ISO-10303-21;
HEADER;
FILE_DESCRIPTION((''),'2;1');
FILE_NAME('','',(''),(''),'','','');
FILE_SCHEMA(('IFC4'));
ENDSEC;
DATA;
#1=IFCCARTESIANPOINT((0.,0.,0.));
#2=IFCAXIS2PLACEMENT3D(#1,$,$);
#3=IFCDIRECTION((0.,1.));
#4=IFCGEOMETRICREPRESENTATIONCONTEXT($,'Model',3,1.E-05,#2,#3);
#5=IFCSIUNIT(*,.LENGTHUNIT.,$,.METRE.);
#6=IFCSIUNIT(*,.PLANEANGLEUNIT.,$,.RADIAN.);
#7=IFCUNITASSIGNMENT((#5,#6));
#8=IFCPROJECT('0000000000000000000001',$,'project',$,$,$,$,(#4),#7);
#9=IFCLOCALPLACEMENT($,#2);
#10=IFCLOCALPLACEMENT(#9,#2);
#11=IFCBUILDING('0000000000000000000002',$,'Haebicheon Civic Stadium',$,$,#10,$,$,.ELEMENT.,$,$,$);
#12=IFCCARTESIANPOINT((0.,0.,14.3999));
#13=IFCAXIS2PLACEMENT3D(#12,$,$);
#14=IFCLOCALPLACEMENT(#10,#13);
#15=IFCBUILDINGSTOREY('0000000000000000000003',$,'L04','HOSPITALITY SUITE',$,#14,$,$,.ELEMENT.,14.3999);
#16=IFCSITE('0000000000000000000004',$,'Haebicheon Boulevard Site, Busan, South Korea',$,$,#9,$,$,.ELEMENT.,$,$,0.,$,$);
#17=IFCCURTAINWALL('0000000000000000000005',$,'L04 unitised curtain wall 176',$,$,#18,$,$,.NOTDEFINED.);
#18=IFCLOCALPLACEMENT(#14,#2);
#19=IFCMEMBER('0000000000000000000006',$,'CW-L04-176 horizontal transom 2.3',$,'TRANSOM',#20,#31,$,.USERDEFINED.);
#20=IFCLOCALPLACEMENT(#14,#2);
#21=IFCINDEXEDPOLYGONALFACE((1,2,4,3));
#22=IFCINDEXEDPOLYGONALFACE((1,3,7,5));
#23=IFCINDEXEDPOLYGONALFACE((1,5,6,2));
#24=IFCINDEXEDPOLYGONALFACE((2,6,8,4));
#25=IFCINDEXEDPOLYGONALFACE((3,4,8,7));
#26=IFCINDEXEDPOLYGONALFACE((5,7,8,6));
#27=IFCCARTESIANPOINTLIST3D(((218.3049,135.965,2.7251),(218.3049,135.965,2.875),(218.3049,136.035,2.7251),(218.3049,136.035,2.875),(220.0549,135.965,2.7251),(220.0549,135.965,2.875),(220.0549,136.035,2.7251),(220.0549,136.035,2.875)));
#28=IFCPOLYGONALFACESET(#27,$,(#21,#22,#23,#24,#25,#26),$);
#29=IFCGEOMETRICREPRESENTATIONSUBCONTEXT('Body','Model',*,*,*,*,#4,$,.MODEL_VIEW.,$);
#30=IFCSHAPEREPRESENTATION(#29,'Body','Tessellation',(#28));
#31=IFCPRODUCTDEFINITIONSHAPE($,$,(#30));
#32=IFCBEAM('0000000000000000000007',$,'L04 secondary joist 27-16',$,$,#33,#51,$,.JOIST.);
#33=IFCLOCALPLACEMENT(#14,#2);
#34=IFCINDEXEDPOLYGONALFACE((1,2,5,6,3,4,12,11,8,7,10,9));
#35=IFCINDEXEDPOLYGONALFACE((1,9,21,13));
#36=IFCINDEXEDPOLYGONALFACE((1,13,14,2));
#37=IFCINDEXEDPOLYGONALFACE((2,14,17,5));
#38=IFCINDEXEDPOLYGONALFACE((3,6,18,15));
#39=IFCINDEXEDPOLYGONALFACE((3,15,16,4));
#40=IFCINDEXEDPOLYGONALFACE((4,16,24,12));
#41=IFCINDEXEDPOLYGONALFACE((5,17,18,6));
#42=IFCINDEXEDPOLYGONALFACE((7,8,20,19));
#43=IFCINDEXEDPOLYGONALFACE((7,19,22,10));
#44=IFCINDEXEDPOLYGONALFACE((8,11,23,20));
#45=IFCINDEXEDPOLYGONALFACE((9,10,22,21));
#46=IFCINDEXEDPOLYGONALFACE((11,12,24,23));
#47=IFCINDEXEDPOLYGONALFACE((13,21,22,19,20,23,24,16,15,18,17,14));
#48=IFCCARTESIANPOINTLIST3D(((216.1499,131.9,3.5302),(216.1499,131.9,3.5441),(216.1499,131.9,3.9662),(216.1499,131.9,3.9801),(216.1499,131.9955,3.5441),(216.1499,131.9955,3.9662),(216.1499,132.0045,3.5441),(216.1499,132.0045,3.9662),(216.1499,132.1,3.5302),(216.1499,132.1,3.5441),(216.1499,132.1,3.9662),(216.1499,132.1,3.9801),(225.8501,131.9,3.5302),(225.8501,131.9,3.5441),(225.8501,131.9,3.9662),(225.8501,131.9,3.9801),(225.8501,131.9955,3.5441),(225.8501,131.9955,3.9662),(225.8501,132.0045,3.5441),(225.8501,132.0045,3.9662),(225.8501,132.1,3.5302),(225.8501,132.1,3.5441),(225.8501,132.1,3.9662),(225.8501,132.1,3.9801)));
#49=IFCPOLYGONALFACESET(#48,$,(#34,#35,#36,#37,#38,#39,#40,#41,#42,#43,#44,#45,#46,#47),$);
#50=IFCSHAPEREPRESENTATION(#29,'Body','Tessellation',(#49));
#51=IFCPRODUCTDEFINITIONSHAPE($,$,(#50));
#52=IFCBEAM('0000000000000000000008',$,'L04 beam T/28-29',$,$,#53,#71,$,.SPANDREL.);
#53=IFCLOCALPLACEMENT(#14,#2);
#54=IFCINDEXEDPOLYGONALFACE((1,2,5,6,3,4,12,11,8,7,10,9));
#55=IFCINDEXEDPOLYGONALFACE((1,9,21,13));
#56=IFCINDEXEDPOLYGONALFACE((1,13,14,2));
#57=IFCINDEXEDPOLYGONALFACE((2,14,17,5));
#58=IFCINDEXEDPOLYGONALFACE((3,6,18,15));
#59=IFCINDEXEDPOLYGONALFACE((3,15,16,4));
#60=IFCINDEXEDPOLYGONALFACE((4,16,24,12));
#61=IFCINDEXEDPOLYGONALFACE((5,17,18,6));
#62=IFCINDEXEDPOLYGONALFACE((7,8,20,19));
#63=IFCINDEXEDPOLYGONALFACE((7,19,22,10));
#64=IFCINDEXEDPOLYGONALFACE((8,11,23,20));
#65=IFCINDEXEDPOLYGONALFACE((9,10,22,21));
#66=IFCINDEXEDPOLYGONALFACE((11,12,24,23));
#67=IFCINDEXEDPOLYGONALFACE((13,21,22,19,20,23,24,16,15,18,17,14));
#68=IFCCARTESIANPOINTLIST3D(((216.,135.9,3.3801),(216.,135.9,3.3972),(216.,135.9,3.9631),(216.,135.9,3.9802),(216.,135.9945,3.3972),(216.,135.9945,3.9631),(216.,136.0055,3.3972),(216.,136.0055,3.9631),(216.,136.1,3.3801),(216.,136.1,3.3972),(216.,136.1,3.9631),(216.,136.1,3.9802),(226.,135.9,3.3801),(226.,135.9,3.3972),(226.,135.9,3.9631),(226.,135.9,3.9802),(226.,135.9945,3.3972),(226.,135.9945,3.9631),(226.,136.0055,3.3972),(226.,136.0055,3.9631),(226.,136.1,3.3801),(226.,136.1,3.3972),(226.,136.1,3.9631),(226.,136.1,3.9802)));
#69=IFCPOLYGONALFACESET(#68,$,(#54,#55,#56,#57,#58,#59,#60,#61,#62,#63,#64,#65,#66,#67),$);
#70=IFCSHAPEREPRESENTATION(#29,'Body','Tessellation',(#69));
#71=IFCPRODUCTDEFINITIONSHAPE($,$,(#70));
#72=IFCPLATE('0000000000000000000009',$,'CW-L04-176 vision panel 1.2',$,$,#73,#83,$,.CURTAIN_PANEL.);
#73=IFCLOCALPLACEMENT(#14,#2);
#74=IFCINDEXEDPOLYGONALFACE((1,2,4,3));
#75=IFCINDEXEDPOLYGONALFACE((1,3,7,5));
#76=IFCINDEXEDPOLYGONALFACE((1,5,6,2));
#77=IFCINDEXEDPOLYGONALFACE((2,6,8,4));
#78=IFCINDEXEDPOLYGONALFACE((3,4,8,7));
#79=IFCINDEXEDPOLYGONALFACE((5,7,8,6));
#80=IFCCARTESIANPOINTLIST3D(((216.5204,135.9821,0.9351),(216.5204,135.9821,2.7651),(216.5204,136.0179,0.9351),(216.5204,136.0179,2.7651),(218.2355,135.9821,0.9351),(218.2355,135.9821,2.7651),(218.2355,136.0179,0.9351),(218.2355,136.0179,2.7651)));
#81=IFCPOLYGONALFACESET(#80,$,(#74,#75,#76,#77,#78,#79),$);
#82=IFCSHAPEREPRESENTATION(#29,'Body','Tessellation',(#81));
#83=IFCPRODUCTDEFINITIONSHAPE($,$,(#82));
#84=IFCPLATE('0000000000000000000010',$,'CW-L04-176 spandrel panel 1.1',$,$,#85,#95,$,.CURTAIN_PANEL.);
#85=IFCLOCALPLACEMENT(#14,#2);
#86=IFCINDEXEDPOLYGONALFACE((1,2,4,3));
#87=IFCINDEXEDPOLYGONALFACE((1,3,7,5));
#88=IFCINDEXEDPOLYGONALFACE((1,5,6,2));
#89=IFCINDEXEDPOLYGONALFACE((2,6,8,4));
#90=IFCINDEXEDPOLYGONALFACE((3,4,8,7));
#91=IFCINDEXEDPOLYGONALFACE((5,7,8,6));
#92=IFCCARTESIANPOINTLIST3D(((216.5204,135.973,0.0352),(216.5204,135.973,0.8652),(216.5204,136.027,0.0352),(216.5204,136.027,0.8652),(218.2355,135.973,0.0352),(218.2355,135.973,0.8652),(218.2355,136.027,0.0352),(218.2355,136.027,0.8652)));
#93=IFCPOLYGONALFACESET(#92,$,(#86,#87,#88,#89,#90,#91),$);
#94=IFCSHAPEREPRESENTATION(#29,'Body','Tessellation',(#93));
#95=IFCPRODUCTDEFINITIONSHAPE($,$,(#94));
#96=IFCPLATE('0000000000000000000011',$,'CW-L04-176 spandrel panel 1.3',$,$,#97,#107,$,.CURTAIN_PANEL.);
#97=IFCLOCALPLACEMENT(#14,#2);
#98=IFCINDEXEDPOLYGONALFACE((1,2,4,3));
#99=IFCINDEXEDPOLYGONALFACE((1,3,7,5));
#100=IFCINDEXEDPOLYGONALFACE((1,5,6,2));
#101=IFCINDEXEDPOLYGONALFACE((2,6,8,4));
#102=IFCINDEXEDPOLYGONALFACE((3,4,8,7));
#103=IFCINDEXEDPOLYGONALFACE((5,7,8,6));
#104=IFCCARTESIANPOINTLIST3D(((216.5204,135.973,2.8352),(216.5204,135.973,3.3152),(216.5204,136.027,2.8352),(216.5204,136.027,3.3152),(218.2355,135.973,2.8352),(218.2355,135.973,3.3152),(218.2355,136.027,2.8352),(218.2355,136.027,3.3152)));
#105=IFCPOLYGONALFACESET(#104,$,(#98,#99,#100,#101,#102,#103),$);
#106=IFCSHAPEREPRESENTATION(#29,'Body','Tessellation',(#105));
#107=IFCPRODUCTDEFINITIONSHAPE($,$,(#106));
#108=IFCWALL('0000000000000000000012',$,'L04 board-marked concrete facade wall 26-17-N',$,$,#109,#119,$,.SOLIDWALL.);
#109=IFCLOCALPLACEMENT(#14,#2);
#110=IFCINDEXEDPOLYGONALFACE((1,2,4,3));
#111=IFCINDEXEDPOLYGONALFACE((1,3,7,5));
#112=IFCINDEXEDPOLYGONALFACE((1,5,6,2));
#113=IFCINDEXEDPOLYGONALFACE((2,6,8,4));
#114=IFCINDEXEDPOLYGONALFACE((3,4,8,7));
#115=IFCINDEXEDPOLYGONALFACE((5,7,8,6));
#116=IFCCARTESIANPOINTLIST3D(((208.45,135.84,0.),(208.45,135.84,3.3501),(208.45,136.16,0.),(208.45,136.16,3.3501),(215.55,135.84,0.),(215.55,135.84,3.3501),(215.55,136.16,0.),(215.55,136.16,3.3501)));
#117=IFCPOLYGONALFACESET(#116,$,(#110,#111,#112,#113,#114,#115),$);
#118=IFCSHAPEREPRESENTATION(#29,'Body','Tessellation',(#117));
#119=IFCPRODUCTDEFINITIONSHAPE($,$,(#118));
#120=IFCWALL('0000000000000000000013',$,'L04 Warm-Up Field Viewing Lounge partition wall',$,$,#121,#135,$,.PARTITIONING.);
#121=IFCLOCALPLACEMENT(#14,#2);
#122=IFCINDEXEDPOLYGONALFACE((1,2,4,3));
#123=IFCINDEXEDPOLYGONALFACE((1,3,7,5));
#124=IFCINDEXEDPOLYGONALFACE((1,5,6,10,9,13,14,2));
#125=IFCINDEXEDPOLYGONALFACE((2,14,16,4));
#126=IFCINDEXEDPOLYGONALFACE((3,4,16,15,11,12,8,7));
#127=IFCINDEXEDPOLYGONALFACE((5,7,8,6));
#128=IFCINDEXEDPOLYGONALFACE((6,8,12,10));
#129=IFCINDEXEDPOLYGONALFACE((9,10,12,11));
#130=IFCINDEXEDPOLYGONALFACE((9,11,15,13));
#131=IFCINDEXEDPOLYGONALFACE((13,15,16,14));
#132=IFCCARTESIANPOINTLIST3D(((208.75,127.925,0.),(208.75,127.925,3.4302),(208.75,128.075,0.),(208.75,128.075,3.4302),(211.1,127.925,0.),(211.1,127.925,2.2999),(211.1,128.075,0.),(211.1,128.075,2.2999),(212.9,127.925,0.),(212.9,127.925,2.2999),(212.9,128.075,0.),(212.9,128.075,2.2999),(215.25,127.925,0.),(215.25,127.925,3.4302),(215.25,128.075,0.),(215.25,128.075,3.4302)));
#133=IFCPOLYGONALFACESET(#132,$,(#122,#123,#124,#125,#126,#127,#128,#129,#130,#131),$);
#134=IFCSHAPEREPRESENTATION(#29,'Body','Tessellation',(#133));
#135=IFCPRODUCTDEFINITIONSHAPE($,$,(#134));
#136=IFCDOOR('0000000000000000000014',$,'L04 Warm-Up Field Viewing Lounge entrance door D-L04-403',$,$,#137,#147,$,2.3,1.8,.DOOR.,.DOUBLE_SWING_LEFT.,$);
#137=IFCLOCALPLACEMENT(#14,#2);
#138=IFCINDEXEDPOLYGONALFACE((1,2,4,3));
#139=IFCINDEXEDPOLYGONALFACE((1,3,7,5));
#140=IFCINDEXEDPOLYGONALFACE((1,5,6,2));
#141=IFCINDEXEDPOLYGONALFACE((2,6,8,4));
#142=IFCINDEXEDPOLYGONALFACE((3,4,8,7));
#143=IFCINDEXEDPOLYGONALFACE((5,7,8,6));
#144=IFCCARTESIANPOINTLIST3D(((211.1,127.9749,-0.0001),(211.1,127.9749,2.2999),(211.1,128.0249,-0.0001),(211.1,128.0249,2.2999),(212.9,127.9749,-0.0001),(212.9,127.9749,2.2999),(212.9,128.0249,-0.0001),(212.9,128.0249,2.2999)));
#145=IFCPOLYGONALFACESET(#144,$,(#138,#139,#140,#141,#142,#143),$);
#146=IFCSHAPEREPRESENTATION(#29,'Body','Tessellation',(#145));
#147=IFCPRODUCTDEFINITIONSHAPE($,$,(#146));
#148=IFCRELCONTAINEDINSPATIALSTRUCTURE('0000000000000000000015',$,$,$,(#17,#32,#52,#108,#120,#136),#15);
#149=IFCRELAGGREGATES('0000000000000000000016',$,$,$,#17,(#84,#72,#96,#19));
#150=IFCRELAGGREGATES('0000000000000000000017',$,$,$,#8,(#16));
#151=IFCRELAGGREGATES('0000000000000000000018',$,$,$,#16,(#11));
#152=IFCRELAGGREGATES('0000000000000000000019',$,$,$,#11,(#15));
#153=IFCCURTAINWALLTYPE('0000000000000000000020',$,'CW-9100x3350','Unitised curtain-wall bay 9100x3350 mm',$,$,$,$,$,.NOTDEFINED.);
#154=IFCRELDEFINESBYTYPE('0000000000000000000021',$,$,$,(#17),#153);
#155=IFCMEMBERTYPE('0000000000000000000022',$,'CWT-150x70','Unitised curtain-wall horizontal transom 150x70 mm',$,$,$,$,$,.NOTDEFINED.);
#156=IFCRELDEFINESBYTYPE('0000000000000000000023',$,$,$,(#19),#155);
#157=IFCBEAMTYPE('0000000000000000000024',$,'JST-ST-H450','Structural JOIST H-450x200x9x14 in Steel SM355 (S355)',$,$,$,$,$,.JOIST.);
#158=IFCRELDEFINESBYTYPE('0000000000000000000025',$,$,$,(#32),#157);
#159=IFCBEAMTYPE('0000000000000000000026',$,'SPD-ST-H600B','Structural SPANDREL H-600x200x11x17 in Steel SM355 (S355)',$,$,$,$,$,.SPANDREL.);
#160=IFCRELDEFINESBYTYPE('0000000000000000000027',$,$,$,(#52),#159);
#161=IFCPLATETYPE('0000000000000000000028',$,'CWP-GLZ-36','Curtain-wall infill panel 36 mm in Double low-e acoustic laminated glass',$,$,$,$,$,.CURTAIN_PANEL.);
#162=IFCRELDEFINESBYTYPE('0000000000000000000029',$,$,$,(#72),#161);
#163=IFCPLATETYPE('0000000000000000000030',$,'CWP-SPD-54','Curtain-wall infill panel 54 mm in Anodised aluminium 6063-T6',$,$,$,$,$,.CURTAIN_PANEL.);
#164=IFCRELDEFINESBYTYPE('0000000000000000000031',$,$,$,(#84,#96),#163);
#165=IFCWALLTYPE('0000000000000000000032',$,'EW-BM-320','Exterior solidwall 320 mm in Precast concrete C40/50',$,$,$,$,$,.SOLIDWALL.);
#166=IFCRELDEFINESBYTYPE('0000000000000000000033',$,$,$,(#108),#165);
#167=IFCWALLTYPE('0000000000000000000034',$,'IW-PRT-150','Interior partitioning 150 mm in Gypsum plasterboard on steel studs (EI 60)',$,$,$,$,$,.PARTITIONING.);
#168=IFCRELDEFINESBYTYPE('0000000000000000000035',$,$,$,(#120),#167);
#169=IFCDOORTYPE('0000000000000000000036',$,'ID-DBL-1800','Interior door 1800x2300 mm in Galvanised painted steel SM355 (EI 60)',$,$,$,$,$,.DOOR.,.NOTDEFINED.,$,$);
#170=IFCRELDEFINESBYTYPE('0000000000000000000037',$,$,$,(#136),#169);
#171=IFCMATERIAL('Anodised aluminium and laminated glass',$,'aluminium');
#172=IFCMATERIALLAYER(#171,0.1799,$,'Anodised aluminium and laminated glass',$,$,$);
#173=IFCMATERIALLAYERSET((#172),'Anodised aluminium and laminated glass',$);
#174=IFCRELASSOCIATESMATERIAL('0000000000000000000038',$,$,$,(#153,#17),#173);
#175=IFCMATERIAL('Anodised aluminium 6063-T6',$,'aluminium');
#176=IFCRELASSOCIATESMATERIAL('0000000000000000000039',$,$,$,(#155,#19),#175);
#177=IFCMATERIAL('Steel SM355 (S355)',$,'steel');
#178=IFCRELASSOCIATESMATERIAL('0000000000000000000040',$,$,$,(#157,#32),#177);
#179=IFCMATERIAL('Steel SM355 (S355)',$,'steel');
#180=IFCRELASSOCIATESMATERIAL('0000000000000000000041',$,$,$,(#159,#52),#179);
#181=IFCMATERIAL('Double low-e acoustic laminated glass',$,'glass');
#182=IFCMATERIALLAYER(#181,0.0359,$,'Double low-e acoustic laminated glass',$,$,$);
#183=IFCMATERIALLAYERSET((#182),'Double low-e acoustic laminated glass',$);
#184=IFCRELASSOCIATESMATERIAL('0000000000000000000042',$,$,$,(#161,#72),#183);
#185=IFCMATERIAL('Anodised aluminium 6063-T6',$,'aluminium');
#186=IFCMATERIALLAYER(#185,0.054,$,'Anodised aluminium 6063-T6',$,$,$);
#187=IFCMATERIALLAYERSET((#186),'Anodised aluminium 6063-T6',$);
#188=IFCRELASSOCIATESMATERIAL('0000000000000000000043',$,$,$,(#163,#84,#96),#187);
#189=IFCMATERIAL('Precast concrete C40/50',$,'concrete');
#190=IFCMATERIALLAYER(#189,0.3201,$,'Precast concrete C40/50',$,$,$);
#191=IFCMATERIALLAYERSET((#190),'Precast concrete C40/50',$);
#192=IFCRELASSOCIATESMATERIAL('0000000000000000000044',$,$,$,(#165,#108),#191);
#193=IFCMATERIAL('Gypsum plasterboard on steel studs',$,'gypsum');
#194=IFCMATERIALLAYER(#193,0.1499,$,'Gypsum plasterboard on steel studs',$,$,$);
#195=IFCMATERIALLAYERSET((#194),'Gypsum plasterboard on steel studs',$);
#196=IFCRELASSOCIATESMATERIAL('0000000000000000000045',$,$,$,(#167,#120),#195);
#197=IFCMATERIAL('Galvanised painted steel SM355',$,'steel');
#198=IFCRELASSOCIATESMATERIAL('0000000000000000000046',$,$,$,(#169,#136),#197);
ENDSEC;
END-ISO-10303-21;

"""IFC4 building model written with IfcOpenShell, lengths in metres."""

from ifc_helpers import new_model, si_unit, direction, frame, frame_2d, origin, origin_2d, place, context, subcontext, project, spatial, rectangle, i_section, extrude, material, layer, layer_set, material_profile, profile_set, type_object, element, fill, aggregate, save


model = new_model("IFC4")

# Units and contexts
model_context = context("Model", 3, precision=1e-05, world=origin(), true_north=direction((0.0, 1.0)))
body_context = subcontext(model_context, "Body", "Model", "MODEL_VIEW")
ifc_project = project(units=[si_unit("LENGTHUNIT", "METRE"), si_unit("PLANEANGLEUNIT", "RADIAN")], contexts=[model_context])

# Site, building, storey
site_placement = place(None, origin())
site = spatial("IfcSite", under=ifc_project, at=site_placement, Name="Haebicheon Boulevard Site, Busan, South Korea", CompositionType="ELEMENT", RefElevation=0.0)
building_placement = place(site_placement, origin())
building = spatial("IfcBuilding", under=site, at=building_placement, Name="Haebicheon Civic Stadium", CompositionType="ELEMENT")
storey_placement = place(building_placement, frame((0.0, 0.0, 14.3999)))
storey = spatial("IfcBuildingStorey", under=building, at=storey_placement, Name="L04", Description="HOSPITALITY SUITE", CompositionType="ELEMENT", Elevation=14.3999)

# Curtain wall, member
ifc_material_1 = material(Name="Anodised aluminium and laminated glass", Category="aluminium")
ifc_layer_1 = layer(ifc_material_1, 0.1799, Name="Anodised aluminium and laminated glass")
ifc_layer_set_1 = layer_set([ifc_layer_1], Name="Anodised aluminium and laminated glass")
curtain_wall_type = type_object("IfcCurtainWallType", Name="CW-9100x3350", Description="Unitised curtain-wall bay 9100x3350 mm", PredefinedType="NOTDEFINED", material=ifc_layer_set_1)
curtain_wall_placement = place(storey_placement, origin())
curtain_wall = element("IfcCurtainWall", 1, at=curtain_wall_placement, inside=storey, type_object=curtain_wall_type, material=ifc_layer_set_1, Name="L04 unitised curtain wall 176", PredefinedType="NOTDEFINED")
ifc_material_2 = material(Name="Anodised aluminium 6063-T6", Category="aluminium")
ifc_material_profile_1 = material_profile(ifc_material_2, rectangle(XDim=0.0701, YDim=0.1499, at=origin_2d()), Name="ALU-TRAN-70x150")
ifc_profile_set_1 = profile_set([ifc_material_profile_1], Name="Anodised aluminium 6063-T6")
member_type_1 = type_object("IfcMemberType", Name="CWT-150x70", Description="Unitised curtain-wall horizontal transom 150x70 mm", PredefinedType="NOTDEFINED", material=ifc_profile_set_1)
member_1_placement = place(storey_placement, frame((218.3049, 136.0, 2.8), z_axis=(1.0, 0.0, 0.0), x_axis=(0.0, 1.0, 0.0)))
member_1 = element("IfcMember", 2, at=member_1_placement, type_object=member_type_1, material=ifc_profile_set_1, Name="CW-L04-176 horizontal transom 2.3", ObjectType="TRANSOM", PredefinedType="USERDEFINED", context=body_context, shape_type="SweptSolid", body=[
    extrude(rectangle(XDim=0.0701, YDim=0.1499, at=origin_2d()), origin(), (0.0, 0.0, 1.0), 1.75),
])

# Beams
ifc_material_3 = material(Name="Steel SM355 (S355)", Category="steel")
ifc_material_profile_2 = material_profile(ifc_material_3, i_section(OverallWidth=0.2, OverallDepth=0.45, WebThickness=0.009, FlangeThickness=0.0139, at=origin_2d()), Name="H-450x200x9x14")
ifc_profile_set_2 = profile_set([ifc_material_profile_2], Name="Steel SM355 (S355)")
beam_type_1 = type_object("IfcBeamType", Name="JST-ST-H450", Description="Structural JOIST H-450x200x9x14 in Steel SM355 (S355)", PredefinedType="JOIST", material=ifc_profile_set_2)
beam_1_placement = place(storey_placement, frame((216.1499, 132.0, 3.7551), z_axis=(1.0, 0.0, 0.0), x_axis=(0.0, 1.0, 0.0)))
element("IfcBeam", 3, at=beam_1_placement, inside=storey, type_object=beam_type_1, material=ifc_profile_set_2, Name="L04 secondary joist 27-16", PredefinedType="JOIST", context=body_context, shape_type="SweptSolid", body=[
    extrude(i_section(OverallWidth=0.2, OverallDepth=0.45, WebThickness=0.009, FlangeThickness=0.0139, at=origin_2d()), origin(), (0.0, 0.0, 1.0), 9.7002),
])
ifc_material_4 = material(Name="Steel SM355 (S355)", Category="steel")
ifc_material_profile_3 = material_profile(ifc_material_4, i_section(OverallWidth=0.2, OverallDepth=0.6001, WebThickness=0.011, FlangeThickness=0.0171, at=origin_2d()), Name="H-600x200x11x17")
ifc_profile_set_3 = profile_set([ifc_material_profile_3], Name="Steel SM355 (S355)")
beam_type_2 = type_object("IfcBeamType", Name="SPD-ST-H600B", Description="Structural SPANDREL H-600x200x11x17 in Steel SM355 (S355)", PredefinedType="SPANDREL", material=ifc_profile_set_3)
beam_2_placement = place(storey_placement, frame((216.0, 136.0, 3.6802), z_axis=(1.0, 0.0, 0.0), x_axis=(0.0, 1.0, 0.0)))
element("IfcBeam", 4, at=beam_2_placement, inside=storey, type_object=beam_type_2, material=ifc_profile_set_3, Name="L04 beam T/28-29", PredefinedType="SPANDREL", context=body_context, shape_type="SweptSolid", body=[
    extrude(i_section(OverallWidth=0.2, OverallDepth=0.6001, WebThickness=0.011, FlangeThickness=0.0171, at=origin_2d()), origin(), (0.0, 0.0, 1.0), 10.0),
])

# Plates
ifc_material_5 = material(Name="Double low-e acoustic laminated glass", Category="glass")
ifc_layer_2 = layer(ifc_material_5, 0.0359, Name="Double low-e acoustic laminated glass")
ifc_layer_set_2 = layer_set([ifc_layer_2], Name="Double low-e acoustic laminated glass")
plate_type_1 = type_object("IfcPlateType", Name="CWP-GLZ-36", Description="Curtain-wall infill panel 36 mm in Double low-e acoustic laminated glass", PredefinedType="CURTAIN_PANEL", material=ifc_layer_set_2)
plate_1_placement = place(storey_placement, frame((217.3779, 136.0, 0.9351), z_axis=(0.0, 0.0, 1.0), x_axis=(1.0, 0.0, 0.0)))
plate_1 = element("IfcPlate", 5, at=plate_1_placement, type_object=plate_type_1, material=ifc_layer_set_2, Name="CW-L04-176 vision panel 1.2", PredefinedType="CURTAIN_PANEL", context=body_context, shape_type="SweptSolid", body=[
    extrude(rectangle(XDim=1.7151, YDim=0.0359, at=origin_2d()), origin(), (0.0, 0.0, 1.0), 1.8301),
])
ifc_material_6 = material(Name="Anodised aluminium 6063-T6", Category="aluminium")
ifc_layer_3 = layer(ifc_material_6, 0.054, Name="Anodised aluminium 6063-T6")
ifc_layer_set_3 = layer_set([ifc_layer_3], Name="Anodised aluminium 6063-T6")
plate_type_2 = type_object("IfcPlateType", Name="CWP-SPD-54", Description="Curtain-wall infill panel 54 mm in Anodised aluminium 6063-T6", PredefinedType="CURTAIN_PANEL", material=ifc_layer_set_3)
plate_2_placement = place(storey_placement, frame((217.3779, 136.0, 0.0352), z_axis=(0.0, 0.0, 1.0), x_axis=(1.0, 0.0, 0.0)))
plate_2 = element("IfcPlate", 6, at=plate_2_placement, type_object=plate_type_2, material=ifc_layer_set_3, Name="CW-L04-176 spandrel panel 1.1", PredefinedType="CURTAIN_PANEL", context=body_context, shape_type="SweptSolid", body=[
    extrude(rectangle(XDim=1.7151, YDim=0.054, at=origin_2d()), origin(), (0.0, 0.0, 1.0), 0.8301),
])
plate_3_placement = place(storey_placement, frame((217.3779, 136.0, 2.8352), z_axis=(0.0, 0.0, 1.0), x_axis=(1.0, 0.0, 0.0)))
plate_3 = element("IfcPlate", 7, at=plate_3_placement, type_object=plate_type_2, material=ifc_layer_set_3, Name="CW-L04-176 spandrel panel 1.3", PredefinedType="CURTAIN_PANEL", context=body_context, shape_type="SweptSolid", body=[
    extrude(rectangle(XDim=1.7151, YDim=0.054, at=origin_2d()), origin(), (0.0, 0.0, 1.0), 0.48),
])
aggregate(curtain_wall, [plate_2, plate_1, plate_3, member_1])

# Wall
ifc_material_7 = material(Name="Precast concrete C40/50", Category="concrete")
ifc_layer_4 = layer(ifc_material_7, 0.3201, Name="Precast concrete C40/50")
ifc_layer_set_4 = layer_set([ifc_layer_4], Name="Precast concrete C40/50")
wall_type_1 = type_object("IfcWallType", Name="EW-BM-320", Description="Exterior solidwall 320 mm in Precast concrete C40/50", PredefinedType="SOLIDWALL", material=ifc_layer_set_4)
wall_1_placement = place(storey_placement, frame((208.45, 136.0, 0.0), z_axis=(0.0, 0.0, 1.0), x_axis=(1.0, 0.0, 0.0)))
element("IfcWall", 8, at=wall_1_placement, inside=storey, type_object=wall_type_1, material=ifc_layer_set_4, Name="L04 board-marked concrete facade wall 26-17-N", PredefinedType="SOLIDWALL", context=body_context, shape_type="SweptSolid", body=[
    extrude(rectangle(XDim=7.1001, YDim=0.3201, at=frame_2d((3.55, 0.0))), origin(), (0.0, 0.0, 1.0), 3.3501),
])

# Wall, opening, door
ifc_material_8 = material(Name="Gypsum plasterboard on steel studs", Category="gypsum")
ifc_layer_5 = layer(ifc_material_8, 0.1499, Name="Gypsum plasterboard on steel studs")
ifc_layer_set_5 = layer_set([ifc_layer_5], Name="Gypsum plasterboard on steel studs")
wall_type_2 = type_object("IfcWallType", Name="IW-PRT-150", Description="Interior partitioning 150 mm in Gypsum plasterboard on steel studs (EI 60)", PredefinedType="PARTITIONING", material=ifc_layer_set_5)
wall_2_placement = place(storey_placement, frame((208.75, 128.0, 0.0), z_axis=(0.0, 0.0, 1.0), x_axis=(1.0, 0.0, 0.0)))
wall_2 = element("IfcWall", 9, at=wall_2_placement, inside=storey, type_object=wall_type_2, material=ifc_layer_set_5, Name="L04 Warm-Up Field Viewing Lounge partition wall", PredefinedType="PARTITIONING", context=body_context, shape_type="SweptSolid", body=[
    extrude(rectangle(XDim=6.5, YDim=0.1499, at=frame_2d((3.25, 0.0))), origin(), (0.0, 0.0, 1.0), 3.4302),
])
opening_placement = place(wall_2_placement, frame((2.3501, 0.0, 0.0)))
opening = element("IfcOpeningElement", 10, at=opening_placement, cuts=wall_2, PredefinedType="OPENING", context=body_context, shape_type="SweptSolid", body=[
    extrude(rectangle(XDim=1.8, YDim=2.3, at=frame_2d((0.8999, 1.1499))), frame((0.0, 0.085, 0.0), z_axis=(0.0, -1.0, 0.0), x_axis=(1.0, 0.0, 0.0)), (0.0, 0.0, 1.0), 0.1699),
])
ifc_material_9 = material(Name="Galvanised painted steel SM355", Category="steel")
door_type = type_object("IfcDoorType", Name="ID-DBL-1800", Description="Interior door 1800x2300 mm in Galvanised painted steel SM355 (EI 60)", OperationType="NOTDEFINED", PredefinedType="DOOR", material=ifc_material_9)
door_placement = place(opening_placement, origin())
door = element("IfcDoor", 11, at=door_placement, inside=storey, type_object=door_type, material=ifc_material_9, Name="L04 Warm-Up Field Viewing Lounge entrance door D-L04-403", OperationType="DOUBLE_SWING_LEFT", OverallHeight=2.3, OverallWidth=1.8, PredefinedType="DOOR", context=body_context, shape_type="SweptSolid", body=[
    extrude(rectangle(XDim=1.8, YDim=2.3, at=frame_2d((0.8999, 1.1499))), frame((0.0, 0.0249, 0.0), z_axis=(0.0, -1.0, 0.0), x_axis=(1.0, 0.0, 0.0)), (0.0, 0.0, 1.0), 0.05),
])
fill(opening, door)

save(model, "model.ifc")
